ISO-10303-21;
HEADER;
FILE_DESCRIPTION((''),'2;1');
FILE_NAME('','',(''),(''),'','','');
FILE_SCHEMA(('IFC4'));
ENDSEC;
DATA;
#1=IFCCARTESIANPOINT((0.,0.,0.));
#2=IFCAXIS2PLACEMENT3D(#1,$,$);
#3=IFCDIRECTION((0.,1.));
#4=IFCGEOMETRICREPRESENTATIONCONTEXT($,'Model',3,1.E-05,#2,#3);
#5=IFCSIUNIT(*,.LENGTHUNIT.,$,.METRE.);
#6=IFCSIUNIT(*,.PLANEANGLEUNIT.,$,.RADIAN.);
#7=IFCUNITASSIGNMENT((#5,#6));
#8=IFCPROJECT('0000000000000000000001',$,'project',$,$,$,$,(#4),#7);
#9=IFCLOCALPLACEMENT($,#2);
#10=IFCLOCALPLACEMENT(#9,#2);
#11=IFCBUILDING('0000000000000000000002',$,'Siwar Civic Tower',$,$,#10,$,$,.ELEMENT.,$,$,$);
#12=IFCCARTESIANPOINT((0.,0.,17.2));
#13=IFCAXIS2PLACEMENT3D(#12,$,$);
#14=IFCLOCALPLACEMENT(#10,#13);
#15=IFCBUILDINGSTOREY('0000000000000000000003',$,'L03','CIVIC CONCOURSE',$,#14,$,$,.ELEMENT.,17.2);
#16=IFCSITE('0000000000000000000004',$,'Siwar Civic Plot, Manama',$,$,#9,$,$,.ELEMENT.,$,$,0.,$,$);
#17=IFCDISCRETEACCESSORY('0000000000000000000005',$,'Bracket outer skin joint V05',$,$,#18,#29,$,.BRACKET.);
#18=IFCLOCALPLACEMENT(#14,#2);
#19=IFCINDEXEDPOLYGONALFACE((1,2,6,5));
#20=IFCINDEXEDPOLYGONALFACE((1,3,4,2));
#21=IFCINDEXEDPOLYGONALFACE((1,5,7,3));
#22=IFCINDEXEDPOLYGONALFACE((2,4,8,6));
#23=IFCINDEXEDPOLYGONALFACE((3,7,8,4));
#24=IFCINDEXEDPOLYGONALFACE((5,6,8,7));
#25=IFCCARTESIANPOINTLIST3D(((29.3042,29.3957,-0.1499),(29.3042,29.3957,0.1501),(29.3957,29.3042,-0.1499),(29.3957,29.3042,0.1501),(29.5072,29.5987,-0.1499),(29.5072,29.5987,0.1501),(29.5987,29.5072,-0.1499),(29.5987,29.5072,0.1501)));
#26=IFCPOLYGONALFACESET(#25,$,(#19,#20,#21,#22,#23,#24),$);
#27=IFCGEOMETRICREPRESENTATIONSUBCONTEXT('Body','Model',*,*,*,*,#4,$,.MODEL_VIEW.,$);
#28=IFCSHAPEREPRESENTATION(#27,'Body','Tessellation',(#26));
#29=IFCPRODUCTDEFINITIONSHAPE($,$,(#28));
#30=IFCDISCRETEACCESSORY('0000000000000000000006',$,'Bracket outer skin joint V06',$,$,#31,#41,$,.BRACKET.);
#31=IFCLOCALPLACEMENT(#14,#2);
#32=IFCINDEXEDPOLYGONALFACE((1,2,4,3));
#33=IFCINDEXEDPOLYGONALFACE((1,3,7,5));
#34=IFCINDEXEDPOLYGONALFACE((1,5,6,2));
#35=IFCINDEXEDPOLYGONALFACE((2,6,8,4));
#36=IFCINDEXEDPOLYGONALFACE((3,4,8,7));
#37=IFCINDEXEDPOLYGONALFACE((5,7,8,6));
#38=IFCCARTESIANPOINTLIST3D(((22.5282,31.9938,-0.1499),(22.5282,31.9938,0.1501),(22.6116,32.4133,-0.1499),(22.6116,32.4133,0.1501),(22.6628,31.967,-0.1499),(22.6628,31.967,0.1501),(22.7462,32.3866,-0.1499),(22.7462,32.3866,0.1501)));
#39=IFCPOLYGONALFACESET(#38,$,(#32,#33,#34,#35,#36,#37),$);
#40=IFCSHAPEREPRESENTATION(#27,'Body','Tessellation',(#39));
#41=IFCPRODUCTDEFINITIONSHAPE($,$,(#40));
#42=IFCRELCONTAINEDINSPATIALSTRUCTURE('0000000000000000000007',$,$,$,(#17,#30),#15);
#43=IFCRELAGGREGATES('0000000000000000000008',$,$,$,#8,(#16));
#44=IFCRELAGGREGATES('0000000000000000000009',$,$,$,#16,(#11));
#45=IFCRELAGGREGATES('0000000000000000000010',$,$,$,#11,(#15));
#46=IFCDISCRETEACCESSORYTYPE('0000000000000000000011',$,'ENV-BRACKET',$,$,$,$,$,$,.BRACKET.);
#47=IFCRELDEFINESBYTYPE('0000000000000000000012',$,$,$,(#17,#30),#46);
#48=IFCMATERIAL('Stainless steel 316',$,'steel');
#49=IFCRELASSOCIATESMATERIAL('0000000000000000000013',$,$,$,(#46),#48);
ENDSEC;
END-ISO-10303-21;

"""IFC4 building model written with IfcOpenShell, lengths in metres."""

from ifc_helpers import new_model, si_unit, direction, frame, origin, origin_2d, place, context, subcontext, project, spatial, rectangle, extrude, material, type_object, element, save


model = new_model("IFC4")

# Units and contexts
model_context = context("Model", 3, precision=1e-05, world=origin(), true_north=direction((0.0, 1.0)))
body_context = subcontext(model_context, "Body", "Model", "MODEL_VIEW")
ifc_project = project(units=[si_unit("LENGTHUNIT", "METRE"), si_unit("PLANEANGLEUNIT", "RADIAN")], contexts=[model_context])

# Site, building, storey
site_placement = place(None, origin())
site = spatial("IfcSite", under=ifc_project, at=site_placement, Name="Siwar Civic Plot, Manama", CompositionType="ELEMENT", RefElevation=0.0)
building_placement = place(site_placement, origin())
building = spatial("IfcBuilding", under=site, at=building_placement, Name="Siwar Civic Tower", CompositionType="ELEMENT")
storey_placement = place(building_placement, frame((0.0, 0.0, 17.2)))
storey = spatial("IfcBuildingStorey", under=building, at=storey_placement, Name="L03", Description="CIVIC CONCOURSE", CompositionType="ELEMENT", Elevation=17.2)

# Discrete accessories
ifc_material_1 = material(Name="Stainless steel 316", Category="steel")
discrete_accessory_type = type_object("IfcDiscreteAccessoryType", Name="ENV-BRACKET", PredefinedType="BRACKET", material=ifc_material_1)
discrete_accessory_1_placement = place(storey_placement, frame((29.4514, 29.4514, -0.1499), z_axis=(0.0, 0.0, 1.0), x_axis=(0.707107, 0.707107, 0.0)))
element("IfcDiscreteAccessory", 1, at=discrete_accessory_1_placement, inside=storey, type_object=discrete_accessory_type, Name="Bracket outer skin joint V05", PredefinedType="BRACKET", context=body_context, shape_type="SweptSolid", body=[
    extrude(rectangle(XDim=0.2871, YDim=0.1294, at=origin_2d()), origin(), (0.0, 0.0, 1.0), 0.3),
])
discrete_accessory_2_placement = place(storey_placement, frame((22.6372, 32.1902, -0.1499), z_axis=(0.0, 0.0, 1.0), x_axis=(0.19509, 0.980785, 0.0)))
element("IfcDiscreteAccessory", 2, at=discrete_accessory_2_placement, inside=storey, type_object=discrete_accessory_type, Name="Bracket outer skin joint V06", PredefinedType="BRACKET", context=body_context, shape_type="SweptSolid", body=[
    extrude(rectangle(XDim=0.4277, YDim=0.1372, at=origin_2d()), origin(), (0.0, 0.0, 1.0), 0.3),
])

save(model, "model.ifc")
